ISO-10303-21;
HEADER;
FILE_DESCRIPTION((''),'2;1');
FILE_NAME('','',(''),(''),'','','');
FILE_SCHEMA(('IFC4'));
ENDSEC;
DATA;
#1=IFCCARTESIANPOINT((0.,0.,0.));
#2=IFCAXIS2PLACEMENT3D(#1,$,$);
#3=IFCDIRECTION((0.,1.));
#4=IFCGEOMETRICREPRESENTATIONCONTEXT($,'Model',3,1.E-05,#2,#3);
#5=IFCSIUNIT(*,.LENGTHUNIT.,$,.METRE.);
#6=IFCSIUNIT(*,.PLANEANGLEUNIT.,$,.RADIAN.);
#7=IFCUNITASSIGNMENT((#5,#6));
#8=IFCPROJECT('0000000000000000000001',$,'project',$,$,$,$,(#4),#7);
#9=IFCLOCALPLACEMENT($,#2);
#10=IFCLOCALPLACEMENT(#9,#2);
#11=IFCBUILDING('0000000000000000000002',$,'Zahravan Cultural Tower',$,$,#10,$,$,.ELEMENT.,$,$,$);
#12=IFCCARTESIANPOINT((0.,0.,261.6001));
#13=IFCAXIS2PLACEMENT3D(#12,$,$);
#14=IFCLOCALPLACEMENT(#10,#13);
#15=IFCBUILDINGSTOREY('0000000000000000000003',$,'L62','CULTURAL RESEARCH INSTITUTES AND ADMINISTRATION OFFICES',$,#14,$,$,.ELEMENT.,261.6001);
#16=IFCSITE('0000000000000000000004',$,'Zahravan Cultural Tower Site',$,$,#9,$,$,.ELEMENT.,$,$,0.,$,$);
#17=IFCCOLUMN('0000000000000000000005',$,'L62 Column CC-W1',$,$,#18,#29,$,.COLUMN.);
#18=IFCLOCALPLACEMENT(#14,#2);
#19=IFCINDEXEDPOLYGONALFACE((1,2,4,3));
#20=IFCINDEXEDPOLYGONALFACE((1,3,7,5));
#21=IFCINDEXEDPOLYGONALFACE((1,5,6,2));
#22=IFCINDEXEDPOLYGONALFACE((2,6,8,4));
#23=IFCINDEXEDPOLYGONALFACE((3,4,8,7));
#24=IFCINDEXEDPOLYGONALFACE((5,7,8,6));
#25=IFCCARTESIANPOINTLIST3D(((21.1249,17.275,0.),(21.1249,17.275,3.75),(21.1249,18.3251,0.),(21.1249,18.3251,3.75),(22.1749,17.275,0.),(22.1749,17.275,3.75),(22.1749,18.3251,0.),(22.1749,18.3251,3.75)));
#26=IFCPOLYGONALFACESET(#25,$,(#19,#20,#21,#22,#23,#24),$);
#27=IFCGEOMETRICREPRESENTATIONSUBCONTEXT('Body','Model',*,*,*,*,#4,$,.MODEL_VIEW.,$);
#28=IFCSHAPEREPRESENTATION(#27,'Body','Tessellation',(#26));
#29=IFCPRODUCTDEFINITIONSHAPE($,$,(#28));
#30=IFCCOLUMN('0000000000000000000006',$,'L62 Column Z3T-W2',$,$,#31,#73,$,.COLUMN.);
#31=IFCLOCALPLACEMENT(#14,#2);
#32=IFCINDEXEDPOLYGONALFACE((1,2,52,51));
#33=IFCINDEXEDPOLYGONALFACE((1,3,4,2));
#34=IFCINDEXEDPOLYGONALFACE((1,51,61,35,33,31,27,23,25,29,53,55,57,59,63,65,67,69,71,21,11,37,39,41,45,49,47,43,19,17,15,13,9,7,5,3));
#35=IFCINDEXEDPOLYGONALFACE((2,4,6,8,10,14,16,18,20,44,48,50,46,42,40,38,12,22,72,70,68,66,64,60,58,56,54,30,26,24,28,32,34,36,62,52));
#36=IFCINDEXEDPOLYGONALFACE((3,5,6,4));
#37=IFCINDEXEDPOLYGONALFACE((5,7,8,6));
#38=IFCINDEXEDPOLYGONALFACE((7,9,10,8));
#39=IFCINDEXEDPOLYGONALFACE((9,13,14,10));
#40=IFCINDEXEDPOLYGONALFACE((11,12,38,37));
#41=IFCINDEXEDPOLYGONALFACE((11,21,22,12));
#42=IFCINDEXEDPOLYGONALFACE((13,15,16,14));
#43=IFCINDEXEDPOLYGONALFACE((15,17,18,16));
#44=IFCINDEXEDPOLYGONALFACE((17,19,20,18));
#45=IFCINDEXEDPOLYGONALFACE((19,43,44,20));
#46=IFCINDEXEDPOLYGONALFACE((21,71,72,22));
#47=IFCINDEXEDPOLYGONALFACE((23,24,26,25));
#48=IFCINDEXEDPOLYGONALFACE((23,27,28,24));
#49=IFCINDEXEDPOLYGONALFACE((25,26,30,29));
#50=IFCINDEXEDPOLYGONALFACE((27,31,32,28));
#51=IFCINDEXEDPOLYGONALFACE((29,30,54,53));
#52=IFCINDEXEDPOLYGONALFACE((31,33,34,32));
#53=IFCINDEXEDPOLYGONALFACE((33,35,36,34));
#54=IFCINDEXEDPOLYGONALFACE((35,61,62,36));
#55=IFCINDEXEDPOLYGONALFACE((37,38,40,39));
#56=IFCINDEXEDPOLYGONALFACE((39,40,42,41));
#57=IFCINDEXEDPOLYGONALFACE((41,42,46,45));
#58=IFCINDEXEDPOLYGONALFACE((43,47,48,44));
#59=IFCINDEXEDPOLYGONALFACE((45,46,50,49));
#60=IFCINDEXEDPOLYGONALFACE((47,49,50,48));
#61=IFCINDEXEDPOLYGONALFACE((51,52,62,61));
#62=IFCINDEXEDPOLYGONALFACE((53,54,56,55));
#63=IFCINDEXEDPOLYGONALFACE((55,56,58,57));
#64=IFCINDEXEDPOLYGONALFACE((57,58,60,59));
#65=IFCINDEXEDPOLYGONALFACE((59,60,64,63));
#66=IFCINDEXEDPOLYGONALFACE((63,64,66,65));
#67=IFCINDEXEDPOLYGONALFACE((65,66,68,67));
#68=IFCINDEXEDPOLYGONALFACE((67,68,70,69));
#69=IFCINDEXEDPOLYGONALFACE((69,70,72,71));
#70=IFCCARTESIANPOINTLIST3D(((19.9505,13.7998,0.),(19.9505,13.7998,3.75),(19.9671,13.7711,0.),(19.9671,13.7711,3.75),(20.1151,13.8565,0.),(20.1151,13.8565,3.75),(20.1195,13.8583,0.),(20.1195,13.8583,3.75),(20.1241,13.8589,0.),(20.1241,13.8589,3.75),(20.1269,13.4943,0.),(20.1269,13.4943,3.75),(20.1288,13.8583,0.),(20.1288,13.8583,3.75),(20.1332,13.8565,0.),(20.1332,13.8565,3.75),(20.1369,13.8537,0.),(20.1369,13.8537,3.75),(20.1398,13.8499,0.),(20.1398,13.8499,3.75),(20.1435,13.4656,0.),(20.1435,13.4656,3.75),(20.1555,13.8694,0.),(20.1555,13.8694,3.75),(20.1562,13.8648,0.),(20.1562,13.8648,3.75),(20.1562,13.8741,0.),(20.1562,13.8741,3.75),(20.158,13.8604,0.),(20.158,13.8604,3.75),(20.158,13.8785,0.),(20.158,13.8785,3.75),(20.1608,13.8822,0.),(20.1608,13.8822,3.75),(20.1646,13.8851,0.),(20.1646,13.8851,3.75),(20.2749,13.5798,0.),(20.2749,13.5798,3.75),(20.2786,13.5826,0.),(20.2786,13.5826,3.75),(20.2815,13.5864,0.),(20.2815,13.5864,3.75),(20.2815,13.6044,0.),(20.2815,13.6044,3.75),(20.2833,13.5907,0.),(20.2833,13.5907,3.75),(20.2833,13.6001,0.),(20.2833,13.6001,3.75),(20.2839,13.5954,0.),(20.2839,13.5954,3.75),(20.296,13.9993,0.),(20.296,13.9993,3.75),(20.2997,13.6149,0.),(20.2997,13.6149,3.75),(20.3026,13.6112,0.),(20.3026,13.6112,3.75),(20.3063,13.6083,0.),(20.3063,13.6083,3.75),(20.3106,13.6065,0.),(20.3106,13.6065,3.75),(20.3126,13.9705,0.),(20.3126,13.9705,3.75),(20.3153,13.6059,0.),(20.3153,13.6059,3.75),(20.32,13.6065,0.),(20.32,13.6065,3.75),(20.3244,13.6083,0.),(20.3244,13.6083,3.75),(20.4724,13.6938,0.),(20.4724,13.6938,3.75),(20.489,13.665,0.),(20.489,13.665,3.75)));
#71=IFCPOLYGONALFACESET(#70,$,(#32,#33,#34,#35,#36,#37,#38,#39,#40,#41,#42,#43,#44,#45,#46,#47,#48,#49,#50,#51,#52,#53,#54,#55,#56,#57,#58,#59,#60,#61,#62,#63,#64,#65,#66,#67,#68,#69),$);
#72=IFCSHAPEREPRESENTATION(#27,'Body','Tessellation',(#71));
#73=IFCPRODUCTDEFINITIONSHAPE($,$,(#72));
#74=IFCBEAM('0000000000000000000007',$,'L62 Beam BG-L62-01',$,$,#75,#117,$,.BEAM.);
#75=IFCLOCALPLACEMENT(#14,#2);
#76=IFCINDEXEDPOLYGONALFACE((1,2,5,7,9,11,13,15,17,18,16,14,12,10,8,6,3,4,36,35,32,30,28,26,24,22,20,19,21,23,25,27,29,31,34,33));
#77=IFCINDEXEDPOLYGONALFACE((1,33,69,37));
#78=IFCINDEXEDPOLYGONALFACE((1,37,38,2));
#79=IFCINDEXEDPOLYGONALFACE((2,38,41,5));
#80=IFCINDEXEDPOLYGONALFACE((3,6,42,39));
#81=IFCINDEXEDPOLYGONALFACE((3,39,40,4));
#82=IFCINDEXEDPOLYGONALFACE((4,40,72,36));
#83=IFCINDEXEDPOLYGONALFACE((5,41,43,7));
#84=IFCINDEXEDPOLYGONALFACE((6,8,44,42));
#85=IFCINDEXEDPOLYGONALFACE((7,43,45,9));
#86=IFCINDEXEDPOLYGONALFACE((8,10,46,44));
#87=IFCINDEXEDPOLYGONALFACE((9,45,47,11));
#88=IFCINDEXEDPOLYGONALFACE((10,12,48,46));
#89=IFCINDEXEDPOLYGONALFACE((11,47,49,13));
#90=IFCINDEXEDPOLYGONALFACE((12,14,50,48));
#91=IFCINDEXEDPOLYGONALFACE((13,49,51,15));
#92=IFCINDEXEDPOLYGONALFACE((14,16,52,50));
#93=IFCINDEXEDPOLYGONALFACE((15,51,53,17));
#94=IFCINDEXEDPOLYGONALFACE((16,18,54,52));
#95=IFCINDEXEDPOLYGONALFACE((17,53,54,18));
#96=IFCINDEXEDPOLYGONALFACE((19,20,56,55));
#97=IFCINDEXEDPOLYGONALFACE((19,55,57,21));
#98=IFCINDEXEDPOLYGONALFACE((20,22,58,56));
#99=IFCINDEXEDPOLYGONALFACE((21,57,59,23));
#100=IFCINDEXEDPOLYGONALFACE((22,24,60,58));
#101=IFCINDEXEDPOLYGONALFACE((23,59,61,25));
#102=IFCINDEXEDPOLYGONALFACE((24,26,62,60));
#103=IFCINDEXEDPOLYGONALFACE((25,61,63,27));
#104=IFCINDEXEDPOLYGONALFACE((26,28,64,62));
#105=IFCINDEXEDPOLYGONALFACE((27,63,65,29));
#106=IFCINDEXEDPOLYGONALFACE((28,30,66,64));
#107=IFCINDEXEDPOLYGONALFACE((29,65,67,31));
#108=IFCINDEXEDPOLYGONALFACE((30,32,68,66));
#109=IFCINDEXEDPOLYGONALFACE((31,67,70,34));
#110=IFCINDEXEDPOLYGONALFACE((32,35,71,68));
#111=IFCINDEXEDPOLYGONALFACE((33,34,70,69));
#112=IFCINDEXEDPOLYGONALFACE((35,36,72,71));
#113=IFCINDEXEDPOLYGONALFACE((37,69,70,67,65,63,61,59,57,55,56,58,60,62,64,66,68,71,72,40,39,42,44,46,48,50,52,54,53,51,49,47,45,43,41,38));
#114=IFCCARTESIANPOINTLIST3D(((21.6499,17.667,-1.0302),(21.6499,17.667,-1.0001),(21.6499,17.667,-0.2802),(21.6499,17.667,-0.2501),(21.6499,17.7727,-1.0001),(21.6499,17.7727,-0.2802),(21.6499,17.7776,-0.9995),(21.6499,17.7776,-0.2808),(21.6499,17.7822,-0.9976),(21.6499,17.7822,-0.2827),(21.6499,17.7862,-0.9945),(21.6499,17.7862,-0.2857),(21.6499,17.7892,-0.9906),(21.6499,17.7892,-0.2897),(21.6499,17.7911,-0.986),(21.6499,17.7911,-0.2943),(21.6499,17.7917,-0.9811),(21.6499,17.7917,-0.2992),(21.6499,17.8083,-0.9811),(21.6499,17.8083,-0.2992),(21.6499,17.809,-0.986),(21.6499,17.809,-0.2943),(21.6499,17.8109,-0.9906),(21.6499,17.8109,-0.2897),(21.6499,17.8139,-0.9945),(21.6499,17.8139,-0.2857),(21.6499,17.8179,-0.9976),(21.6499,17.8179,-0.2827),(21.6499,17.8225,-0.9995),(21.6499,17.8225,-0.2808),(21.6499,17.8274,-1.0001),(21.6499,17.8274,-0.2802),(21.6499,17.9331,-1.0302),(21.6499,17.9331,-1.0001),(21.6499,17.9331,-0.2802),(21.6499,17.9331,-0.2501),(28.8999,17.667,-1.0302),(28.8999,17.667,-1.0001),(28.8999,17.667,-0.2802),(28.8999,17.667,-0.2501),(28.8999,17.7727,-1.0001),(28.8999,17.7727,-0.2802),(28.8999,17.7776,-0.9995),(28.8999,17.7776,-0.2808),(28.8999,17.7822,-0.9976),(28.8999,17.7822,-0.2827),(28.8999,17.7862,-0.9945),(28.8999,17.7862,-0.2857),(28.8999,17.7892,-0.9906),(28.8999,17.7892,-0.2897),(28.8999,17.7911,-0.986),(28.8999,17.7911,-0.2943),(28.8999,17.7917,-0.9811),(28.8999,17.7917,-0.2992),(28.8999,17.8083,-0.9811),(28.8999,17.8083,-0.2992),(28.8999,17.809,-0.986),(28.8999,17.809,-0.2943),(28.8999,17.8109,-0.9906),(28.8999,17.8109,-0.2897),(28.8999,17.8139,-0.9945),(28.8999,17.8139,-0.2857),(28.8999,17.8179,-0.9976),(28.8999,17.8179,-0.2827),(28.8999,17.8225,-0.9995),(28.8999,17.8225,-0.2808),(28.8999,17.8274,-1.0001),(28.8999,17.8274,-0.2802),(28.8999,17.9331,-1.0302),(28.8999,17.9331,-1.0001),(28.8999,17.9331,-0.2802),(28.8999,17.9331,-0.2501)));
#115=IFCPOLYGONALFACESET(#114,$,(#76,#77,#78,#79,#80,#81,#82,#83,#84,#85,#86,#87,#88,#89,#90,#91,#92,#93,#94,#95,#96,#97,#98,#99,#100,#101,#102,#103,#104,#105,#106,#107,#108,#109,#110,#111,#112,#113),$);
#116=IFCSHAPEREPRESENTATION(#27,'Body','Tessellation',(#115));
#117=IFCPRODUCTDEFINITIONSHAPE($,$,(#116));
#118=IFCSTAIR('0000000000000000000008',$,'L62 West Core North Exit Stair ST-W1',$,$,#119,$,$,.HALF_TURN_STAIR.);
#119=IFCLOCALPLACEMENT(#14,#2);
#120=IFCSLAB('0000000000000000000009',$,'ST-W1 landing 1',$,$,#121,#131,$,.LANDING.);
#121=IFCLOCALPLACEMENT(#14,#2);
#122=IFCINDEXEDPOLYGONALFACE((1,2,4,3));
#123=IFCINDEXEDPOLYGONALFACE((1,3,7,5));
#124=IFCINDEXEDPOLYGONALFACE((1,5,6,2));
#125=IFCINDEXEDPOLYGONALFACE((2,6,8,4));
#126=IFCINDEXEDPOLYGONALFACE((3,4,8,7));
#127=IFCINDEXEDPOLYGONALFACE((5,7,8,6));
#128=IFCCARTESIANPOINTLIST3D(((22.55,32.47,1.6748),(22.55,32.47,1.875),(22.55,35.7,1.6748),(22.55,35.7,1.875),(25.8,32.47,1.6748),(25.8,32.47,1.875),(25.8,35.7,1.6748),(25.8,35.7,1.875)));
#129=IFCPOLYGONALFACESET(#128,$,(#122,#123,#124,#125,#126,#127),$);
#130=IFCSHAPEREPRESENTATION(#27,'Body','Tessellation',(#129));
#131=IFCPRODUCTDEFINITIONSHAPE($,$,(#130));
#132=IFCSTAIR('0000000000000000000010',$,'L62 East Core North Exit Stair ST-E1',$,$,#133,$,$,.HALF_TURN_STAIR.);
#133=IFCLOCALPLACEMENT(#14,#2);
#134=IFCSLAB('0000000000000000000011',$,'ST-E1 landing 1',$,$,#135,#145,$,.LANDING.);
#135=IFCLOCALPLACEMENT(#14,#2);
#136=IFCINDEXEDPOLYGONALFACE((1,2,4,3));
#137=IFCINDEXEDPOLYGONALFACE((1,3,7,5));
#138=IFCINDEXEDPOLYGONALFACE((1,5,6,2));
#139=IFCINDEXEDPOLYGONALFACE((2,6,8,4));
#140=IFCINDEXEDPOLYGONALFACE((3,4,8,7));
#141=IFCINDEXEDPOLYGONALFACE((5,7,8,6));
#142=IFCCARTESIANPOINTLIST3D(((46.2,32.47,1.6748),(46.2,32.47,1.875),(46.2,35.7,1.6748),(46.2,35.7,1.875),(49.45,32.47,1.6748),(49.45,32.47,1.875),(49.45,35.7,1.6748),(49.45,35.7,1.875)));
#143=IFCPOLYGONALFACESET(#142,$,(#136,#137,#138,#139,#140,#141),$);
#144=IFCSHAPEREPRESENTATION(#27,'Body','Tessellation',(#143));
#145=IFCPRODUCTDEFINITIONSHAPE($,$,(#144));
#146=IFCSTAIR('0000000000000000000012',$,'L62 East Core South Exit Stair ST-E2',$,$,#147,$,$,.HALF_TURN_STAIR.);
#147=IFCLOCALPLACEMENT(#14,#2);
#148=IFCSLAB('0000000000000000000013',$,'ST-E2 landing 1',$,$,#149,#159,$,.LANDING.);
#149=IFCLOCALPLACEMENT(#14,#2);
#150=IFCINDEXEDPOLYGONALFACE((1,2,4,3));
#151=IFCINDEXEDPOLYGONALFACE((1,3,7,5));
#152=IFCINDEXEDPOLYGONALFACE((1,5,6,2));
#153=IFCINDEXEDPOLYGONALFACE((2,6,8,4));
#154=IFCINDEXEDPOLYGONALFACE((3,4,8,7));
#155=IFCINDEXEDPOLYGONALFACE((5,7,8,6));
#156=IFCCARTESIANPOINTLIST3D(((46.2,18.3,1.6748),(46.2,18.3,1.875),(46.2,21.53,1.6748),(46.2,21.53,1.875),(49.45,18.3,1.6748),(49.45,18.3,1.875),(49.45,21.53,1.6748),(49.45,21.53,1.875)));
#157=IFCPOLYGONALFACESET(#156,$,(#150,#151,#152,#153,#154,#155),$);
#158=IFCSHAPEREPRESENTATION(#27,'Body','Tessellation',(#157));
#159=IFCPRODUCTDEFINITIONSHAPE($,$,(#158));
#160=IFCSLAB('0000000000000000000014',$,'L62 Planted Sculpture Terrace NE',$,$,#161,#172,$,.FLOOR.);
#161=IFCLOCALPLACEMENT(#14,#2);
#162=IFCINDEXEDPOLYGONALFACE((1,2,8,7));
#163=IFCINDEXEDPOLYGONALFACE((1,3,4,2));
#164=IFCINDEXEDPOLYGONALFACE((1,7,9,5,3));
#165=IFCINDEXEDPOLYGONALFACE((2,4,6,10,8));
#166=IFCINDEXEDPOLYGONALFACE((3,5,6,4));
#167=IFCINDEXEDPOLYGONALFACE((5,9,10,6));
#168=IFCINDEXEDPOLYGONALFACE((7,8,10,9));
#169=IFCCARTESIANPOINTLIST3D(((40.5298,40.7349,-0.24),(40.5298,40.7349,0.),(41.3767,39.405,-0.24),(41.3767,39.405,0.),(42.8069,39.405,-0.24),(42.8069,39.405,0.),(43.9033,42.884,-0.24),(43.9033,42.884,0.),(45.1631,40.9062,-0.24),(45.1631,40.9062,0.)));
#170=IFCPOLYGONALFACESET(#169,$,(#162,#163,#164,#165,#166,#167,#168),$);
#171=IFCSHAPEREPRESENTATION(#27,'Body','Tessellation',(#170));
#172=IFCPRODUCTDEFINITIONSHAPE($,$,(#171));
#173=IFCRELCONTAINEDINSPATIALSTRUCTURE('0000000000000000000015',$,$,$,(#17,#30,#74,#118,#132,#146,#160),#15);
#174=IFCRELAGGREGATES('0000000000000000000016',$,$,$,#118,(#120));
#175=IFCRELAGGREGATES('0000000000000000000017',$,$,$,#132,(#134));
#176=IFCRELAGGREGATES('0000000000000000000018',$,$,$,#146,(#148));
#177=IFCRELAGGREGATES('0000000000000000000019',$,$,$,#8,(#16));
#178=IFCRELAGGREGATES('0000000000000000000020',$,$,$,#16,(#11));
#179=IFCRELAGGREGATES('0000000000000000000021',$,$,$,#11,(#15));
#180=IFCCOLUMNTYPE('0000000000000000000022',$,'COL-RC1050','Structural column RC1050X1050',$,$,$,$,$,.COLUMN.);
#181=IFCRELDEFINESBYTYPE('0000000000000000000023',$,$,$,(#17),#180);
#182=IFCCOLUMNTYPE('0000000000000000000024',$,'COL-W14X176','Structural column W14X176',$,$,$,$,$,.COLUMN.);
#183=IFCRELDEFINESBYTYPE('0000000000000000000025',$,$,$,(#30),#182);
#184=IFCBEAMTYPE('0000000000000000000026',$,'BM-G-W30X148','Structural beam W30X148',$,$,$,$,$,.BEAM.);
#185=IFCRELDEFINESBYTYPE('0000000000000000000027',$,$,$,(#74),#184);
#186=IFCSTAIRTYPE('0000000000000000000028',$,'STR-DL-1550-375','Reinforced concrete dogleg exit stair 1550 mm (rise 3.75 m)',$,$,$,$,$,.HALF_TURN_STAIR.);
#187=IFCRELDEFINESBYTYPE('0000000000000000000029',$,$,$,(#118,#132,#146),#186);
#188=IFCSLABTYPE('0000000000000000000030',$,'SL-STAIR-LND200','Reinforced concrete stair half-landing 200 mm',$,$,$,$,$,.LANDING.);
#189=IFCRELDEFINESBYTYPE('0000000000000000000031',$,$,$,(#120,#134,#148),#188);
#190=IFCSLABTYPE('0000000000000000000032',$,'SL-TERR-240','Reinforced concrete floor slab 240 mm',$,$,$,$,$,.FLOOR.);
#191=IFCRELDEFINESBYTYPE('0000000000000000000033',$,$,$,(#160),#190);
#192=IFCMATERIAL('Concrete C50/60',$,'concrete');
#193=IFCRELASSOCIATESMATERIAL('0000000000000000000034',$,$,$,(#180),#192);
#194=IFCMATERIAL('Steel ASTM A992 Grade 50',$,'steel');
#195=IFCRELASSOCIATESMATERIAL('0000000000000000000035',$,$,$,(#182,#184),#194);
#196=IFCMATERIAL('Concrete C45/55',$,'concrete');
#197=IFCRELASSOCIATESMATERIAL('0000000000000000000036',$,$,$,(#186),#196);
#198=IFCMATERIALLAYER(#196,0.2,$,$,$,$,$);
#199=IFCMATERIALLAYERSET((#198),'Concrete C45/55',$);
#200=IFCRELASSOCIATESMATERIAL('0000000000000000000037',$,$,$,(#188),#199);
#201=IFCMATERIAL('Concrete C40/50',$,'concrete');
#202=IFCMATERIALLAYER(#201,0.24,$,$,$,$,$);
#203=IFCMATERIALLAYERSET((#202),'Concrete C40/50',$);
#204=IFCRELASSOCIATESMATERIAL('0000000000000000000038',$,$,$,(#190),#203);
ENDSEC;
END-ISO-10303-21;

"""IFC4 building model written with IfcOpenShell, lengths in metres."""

from ifc_helpers import new_model, si_unit, direction, frame, origin, origin_2d, place, context, subcontext, project, spatial, polyline, rectangle, i_section, outline, extrude, source, transform, mapped, material, layer, layer_set, material_profile, profile_set, type_object, element, aggregate, save


model = new_model("IFC4")

# Units and contexts
model_context = context("Model", 3, precision=1e-05, world=origin(), true_north=direction((0.0, 1.0)))
body_context = subcontext(model_context, "Body", "Model", "MODEL_VIEW")
ifc_project = project(units=[si_unit("LENGTHUNIT", "METRE"), si_unit("PLANEANGLEUNIT", "RADIAN")], contexts=[model_context])

# Site, building, storey
site_placement = place(None, origin())
site = spatial("IfcSite", under=ifc_project, at=site_placement, Name="Zahravan Cultural Tower Site", CompositionType="ELEMENT", RefElevation=0.0)
building_placement = place(site_placement, origin())
building = spatial("IfcBuilding", under=site, at=building_placement, Name="Zahravan Cultural Tower", CompositionType="ELEMENT")
storey_placement = place(building_placement, frame((0.0, 0.0, 261.6001)))
storey = spatial("IfcBuildingStorey", under=building, at=storey_placement, Name="L62", Description="CULTURAL RESEARCH INSTITUTES AND ADMINISTRATION OFFICES", CompositionType="ELEMENT", Elevation=261.6001)

# Columns
ifc_material_1 = material(Name="Concrete C50/60", Category="concrete")
ifc_material_profile_1 = material_profile(ifc_material_1, rectangle(XDim=1.05, YDim=1.05, at=origin_2d()), Name="RC1050X1050")
ifc_profile_set_1 = profile_set([ifc_material_profile_1], Name="Concrete C50/60")
column_type_1 = type_object("IfcColumnType", Name="COL-RC1050", Description="Structural column RC1050X1050", PredefinedType="COLUMN", material=ifc_profile_set_1)
shared_shape_1 = source(origin(), body_context, "Body", "SweptSolid", [
    extrude(rectangle(XDim=1.05, YDim=1.05, at=origin_2d()), origin(), (0.0, 0.0, 1.0), 3.75),
])
column_1_placement = place(storey_placement, frame((21.6499, 17.8, 0.0), z_axis=(0.0, 0.0, 1.0), x_axis=(1.0, 0.0, 0.0)))
element("IfcColumn", 1, at=column_1_placement, inside=storey, type_object=column_type_1, Name="L62 Column CC-W1", PredefinedType="COLUMN", context=body_context, shape_type="MappedRepresentation", body=[
    mapped(shared_shape_1, transform((0.0, 0.0, 0.0), x_axis=(1.0, 0.0, 0.0), y_axis=(0.0, 1.0, 0.0), z_axis=(0.0, 0.0, 1.0), scale=1.0)),
])
ifc_material_2 = material(Name="Steel ASTM A992 Grade 50", Category="steel")
ifc_material_profile_2 = material_profile(ifc_material_2, i_section(OverallWidth=0.3989, OverallDepth=0.386, WebThickness=0.021, FlangeThickness=0.0332, FilletRadius=0.0181, at=origin_2d()), Name="W14X176")
ifc_profile_set_2 = profile_set([ifc_material_profile_2], Name="Steel ASTM A992 Grade 50")
column_type_2 = type_object("IfcColumnType", Name="COL-W14X176", Description="Structural column W14X176", PredefinedType="COLUMN", material=ifc_profile_set_2)
shared_shape_2 = source(origin(), body_context, "Body", "SweptSolid", [
    extrude(i_section(OverallWidth=0.3989, OverallDepth=0.386, WebThickness=0.021, FlangeThickness=0.0332, FilletRadius=0.0181, at=origin_2d()), origin(), (0.0, 0.0, 1.0), 3.75),
])
column_2_placement = place(storey_placement, frame((20.2197, 13.7324, 0.0), z_axis=(0.0, 0.0, 1.0), x_axis=(0.866025, 0.5, 0.0)))
element("IfcColumn", 2, at=column_2_placement, inside=storey, type_object=column_type_2, Name="L62 Column Z3T-W2", PredefinedType="COLUMN", context=body_context, shape_type="MappedRepresentation", body=[
    mapped(shared_shape_2, transform((0.0, 0.0, 0.0), x_axis=(1.0, 0.0, 0.0), y_axis=(0.0, 1.0, 0.0), z_axis=(0.0, 0.0, 1.0), scale=1.0)),
])

# Beam
ifc_material_profile_3 = material_profile(ifc_material_2, i_section(OverallWidth=0.2661, OverallDepth=0.78, WebThickness=0.0166, FlangeThickness=0.03, FilletRadius=0.019, at=origin_2d()), Name="W30X148")
ifc_profile_set_3 = profile_set([ifc_material_profile_3], Name="Steel ASTM A992 Grade 50")
beam_type = type_object("IfcBeamType", Name="BM-G-W30X148", Description="Structural beam W30X148", PredefinedType="BEAM", material=ifc_profile_set_3)
shared_shape_3 = source(origin(), body_context, "Body", "SweptSolid", [
    extrude(i_section(OverallWidth=0.2661, OverallDepth=0.78, WebThickness=0.0166, FlangeThickness=0.03, FilletRadius=0.019, at=origin_2d()), origin(), (0.0, 0.0, 1.0), 7.25),
])
beam_placement = place(storey_placement, frame((21.6499, 17.8, -0.6401), z_axis=(1.0, 0.0, 0.0), x_axis=(0.0, 1.0, 0.0)))
element("IfcBeam", 3, at=beam_placement, inside=storey, type_object=beam_type, Name="L62 Beam BG-L62-01", PredefinedType="BEAM", context=body_context, shape_type="MappedRepresentation", body=[
    mapped(shared_shape_3, transform((0.0, 0.0, 0.0), x_axis=(1.0, 0.0, 0.0), y_axis=(0.0, 1.0, 0.0), z_axis=(0.0, 0.0, 1.0), scale=1.0)),
])

# Stairs, slabs
ifc_material_3 = material(Name="Concrete C45/55", Category="concrete")
stair_type = type_object("IfcStairType", Name="STR-DL-1550-375", Description="Reinforced concrete dogleg exit stair 1550 mm (rise 3.75 m)", PredefinedType="HALF_TURN_STAIR", material=ifc_material_3)
stair_1_placement = place(storey_placement, origin())
stair_1 = element("IfcStair", 4, at=stair_1_placement, inside=storey, type_object=stair_type, Name="L62 West Core North Exit Stair ST-W1", PredefinedType="HALF_TURN_STAIR")
ifc_layer_1 = layer(ifc_material_3, 0.2)
ifc_layer_set_1 = layer_set([ifc_layer_1], Name="Concrete C45/55")
slab_type_1 = type_object("IfcSlabType", Name="SL-STAIR-LND200", Description="Reinforced concrete stair half-landing 200 mm", PredefinedType="LANDING", material=ifc_layer_set_1)
slab_1_placement = place(storey_placement, frame((0.0, 0.0, 1.6748)))
slab_1 = element("IfcSlab", 5, at=slab_1_placement, type_object=slab_type_1, Name="ST-W1 landing 1", PredefinedType="LANDING", context=body_context, shape_type="SweptSolid", body=[
    extrude(outline(polyline([(25.8, 32.47), (25.8, 35.7), (22.55, 35.7), (22.55, 32.47), (25.8, 32.47)])), origin(), (0.0, 0.0, 1.0), 0.2002),
])
aggregate(stair_1, [slab_1])
stair_2_placement = place(storey_placement, origin())
stair_2 = element("IfcStair", 6, at=stair_2_placement, inside=storey, type_object=stair_type, Name="L62 East Core North Exit Stair ST-E1", PredefinedType="HALF_TURN_STAIR")
slab_2_placement = place(storey_placement, frame((0.0, 0.0, 1.6748)))
slab_2 = element("IfcSlab", 7, at=slab_2_placement, type_object=slab_type_1, Name="ST-E1 landing 1", PredefinedType="LANDING", context=body_context, shape_type="SweptSolid", body=[
    extrude(outline(polyline([(49.45, 32.47), (49.45, 35.7), (46.2, 35.7), (46.2, 32.47), (49.45, 32.47)])), origin(), (0.0, 0.0, 1.0), 0.2002),
])
aggregate(stair_2, [slab_2])
stair_3_placement = place(storey_placement, origin())
stair_3 = element("IfcStair", 8, at=stair_3_placement, inside=storey, type_object=stair_type, Name="L62 East Core South Exit Stair ST-E2", PredefinedType="HALF_TURN_STAIR")
slab_3_placement = place(storey_placement, frame((0.0, 0.0, 1.6748)))
slab_3 = element("IfcSlab", 9, at=slab_3_placement, type_object=slab_type_1, Name="ST-E2 landing 1", PredefinedType="LANDING", context=body_context, shape_type="SweptSolid", body=[
    extrude(outline(polyline([(46.2, 21.53), (46.2, 18.3), (49.45, 18.3), (49.45, 21.53), (46.2, 21.53)])), origin(), (0.0, 0.0, 1.0), 0.2002),
])
aggregate(stair_3, [slab_3])

# Slab
ifc_material_4 = material(Name="Concrete C40/50", Category="concrete")
ifc_layer_2 = layer(ifc_material_4, 0.24)
ifc_layer_set_2 = layer_set([ifc_layer_2], Name="Concrete C40/50")
slab_type_2 = type_object("IfcSlabType", Name="SL-TERR-240", Description="Reinforced concrete floor slab 240 mm", PredefinedType="FLOOR", material=ifc_layer_set_2)
slab_4_placement = place(storey_placement, frame((0.0, 0.0, -0.24)))
element("IfcSlab", 10, at=slab_4_placement, inside=storey, type_object=slab_type_2, Name="L62 Planted Sculpture Terrace NE", PredefinedType="FLOOR", context=body_context, shape_type="SweptSolid", body=[
    extrude(outline(polyline([(40.5298, 40.7349), (41.3767, 39.405), (42.8069, 39.405), (45.1631, 40.9062), (43.9033, 42.884), (40.5298, 40.7349)])), origin(), (0.0, 0.0, 1.0), 0.24),
])

save(model, "model.ifc")
